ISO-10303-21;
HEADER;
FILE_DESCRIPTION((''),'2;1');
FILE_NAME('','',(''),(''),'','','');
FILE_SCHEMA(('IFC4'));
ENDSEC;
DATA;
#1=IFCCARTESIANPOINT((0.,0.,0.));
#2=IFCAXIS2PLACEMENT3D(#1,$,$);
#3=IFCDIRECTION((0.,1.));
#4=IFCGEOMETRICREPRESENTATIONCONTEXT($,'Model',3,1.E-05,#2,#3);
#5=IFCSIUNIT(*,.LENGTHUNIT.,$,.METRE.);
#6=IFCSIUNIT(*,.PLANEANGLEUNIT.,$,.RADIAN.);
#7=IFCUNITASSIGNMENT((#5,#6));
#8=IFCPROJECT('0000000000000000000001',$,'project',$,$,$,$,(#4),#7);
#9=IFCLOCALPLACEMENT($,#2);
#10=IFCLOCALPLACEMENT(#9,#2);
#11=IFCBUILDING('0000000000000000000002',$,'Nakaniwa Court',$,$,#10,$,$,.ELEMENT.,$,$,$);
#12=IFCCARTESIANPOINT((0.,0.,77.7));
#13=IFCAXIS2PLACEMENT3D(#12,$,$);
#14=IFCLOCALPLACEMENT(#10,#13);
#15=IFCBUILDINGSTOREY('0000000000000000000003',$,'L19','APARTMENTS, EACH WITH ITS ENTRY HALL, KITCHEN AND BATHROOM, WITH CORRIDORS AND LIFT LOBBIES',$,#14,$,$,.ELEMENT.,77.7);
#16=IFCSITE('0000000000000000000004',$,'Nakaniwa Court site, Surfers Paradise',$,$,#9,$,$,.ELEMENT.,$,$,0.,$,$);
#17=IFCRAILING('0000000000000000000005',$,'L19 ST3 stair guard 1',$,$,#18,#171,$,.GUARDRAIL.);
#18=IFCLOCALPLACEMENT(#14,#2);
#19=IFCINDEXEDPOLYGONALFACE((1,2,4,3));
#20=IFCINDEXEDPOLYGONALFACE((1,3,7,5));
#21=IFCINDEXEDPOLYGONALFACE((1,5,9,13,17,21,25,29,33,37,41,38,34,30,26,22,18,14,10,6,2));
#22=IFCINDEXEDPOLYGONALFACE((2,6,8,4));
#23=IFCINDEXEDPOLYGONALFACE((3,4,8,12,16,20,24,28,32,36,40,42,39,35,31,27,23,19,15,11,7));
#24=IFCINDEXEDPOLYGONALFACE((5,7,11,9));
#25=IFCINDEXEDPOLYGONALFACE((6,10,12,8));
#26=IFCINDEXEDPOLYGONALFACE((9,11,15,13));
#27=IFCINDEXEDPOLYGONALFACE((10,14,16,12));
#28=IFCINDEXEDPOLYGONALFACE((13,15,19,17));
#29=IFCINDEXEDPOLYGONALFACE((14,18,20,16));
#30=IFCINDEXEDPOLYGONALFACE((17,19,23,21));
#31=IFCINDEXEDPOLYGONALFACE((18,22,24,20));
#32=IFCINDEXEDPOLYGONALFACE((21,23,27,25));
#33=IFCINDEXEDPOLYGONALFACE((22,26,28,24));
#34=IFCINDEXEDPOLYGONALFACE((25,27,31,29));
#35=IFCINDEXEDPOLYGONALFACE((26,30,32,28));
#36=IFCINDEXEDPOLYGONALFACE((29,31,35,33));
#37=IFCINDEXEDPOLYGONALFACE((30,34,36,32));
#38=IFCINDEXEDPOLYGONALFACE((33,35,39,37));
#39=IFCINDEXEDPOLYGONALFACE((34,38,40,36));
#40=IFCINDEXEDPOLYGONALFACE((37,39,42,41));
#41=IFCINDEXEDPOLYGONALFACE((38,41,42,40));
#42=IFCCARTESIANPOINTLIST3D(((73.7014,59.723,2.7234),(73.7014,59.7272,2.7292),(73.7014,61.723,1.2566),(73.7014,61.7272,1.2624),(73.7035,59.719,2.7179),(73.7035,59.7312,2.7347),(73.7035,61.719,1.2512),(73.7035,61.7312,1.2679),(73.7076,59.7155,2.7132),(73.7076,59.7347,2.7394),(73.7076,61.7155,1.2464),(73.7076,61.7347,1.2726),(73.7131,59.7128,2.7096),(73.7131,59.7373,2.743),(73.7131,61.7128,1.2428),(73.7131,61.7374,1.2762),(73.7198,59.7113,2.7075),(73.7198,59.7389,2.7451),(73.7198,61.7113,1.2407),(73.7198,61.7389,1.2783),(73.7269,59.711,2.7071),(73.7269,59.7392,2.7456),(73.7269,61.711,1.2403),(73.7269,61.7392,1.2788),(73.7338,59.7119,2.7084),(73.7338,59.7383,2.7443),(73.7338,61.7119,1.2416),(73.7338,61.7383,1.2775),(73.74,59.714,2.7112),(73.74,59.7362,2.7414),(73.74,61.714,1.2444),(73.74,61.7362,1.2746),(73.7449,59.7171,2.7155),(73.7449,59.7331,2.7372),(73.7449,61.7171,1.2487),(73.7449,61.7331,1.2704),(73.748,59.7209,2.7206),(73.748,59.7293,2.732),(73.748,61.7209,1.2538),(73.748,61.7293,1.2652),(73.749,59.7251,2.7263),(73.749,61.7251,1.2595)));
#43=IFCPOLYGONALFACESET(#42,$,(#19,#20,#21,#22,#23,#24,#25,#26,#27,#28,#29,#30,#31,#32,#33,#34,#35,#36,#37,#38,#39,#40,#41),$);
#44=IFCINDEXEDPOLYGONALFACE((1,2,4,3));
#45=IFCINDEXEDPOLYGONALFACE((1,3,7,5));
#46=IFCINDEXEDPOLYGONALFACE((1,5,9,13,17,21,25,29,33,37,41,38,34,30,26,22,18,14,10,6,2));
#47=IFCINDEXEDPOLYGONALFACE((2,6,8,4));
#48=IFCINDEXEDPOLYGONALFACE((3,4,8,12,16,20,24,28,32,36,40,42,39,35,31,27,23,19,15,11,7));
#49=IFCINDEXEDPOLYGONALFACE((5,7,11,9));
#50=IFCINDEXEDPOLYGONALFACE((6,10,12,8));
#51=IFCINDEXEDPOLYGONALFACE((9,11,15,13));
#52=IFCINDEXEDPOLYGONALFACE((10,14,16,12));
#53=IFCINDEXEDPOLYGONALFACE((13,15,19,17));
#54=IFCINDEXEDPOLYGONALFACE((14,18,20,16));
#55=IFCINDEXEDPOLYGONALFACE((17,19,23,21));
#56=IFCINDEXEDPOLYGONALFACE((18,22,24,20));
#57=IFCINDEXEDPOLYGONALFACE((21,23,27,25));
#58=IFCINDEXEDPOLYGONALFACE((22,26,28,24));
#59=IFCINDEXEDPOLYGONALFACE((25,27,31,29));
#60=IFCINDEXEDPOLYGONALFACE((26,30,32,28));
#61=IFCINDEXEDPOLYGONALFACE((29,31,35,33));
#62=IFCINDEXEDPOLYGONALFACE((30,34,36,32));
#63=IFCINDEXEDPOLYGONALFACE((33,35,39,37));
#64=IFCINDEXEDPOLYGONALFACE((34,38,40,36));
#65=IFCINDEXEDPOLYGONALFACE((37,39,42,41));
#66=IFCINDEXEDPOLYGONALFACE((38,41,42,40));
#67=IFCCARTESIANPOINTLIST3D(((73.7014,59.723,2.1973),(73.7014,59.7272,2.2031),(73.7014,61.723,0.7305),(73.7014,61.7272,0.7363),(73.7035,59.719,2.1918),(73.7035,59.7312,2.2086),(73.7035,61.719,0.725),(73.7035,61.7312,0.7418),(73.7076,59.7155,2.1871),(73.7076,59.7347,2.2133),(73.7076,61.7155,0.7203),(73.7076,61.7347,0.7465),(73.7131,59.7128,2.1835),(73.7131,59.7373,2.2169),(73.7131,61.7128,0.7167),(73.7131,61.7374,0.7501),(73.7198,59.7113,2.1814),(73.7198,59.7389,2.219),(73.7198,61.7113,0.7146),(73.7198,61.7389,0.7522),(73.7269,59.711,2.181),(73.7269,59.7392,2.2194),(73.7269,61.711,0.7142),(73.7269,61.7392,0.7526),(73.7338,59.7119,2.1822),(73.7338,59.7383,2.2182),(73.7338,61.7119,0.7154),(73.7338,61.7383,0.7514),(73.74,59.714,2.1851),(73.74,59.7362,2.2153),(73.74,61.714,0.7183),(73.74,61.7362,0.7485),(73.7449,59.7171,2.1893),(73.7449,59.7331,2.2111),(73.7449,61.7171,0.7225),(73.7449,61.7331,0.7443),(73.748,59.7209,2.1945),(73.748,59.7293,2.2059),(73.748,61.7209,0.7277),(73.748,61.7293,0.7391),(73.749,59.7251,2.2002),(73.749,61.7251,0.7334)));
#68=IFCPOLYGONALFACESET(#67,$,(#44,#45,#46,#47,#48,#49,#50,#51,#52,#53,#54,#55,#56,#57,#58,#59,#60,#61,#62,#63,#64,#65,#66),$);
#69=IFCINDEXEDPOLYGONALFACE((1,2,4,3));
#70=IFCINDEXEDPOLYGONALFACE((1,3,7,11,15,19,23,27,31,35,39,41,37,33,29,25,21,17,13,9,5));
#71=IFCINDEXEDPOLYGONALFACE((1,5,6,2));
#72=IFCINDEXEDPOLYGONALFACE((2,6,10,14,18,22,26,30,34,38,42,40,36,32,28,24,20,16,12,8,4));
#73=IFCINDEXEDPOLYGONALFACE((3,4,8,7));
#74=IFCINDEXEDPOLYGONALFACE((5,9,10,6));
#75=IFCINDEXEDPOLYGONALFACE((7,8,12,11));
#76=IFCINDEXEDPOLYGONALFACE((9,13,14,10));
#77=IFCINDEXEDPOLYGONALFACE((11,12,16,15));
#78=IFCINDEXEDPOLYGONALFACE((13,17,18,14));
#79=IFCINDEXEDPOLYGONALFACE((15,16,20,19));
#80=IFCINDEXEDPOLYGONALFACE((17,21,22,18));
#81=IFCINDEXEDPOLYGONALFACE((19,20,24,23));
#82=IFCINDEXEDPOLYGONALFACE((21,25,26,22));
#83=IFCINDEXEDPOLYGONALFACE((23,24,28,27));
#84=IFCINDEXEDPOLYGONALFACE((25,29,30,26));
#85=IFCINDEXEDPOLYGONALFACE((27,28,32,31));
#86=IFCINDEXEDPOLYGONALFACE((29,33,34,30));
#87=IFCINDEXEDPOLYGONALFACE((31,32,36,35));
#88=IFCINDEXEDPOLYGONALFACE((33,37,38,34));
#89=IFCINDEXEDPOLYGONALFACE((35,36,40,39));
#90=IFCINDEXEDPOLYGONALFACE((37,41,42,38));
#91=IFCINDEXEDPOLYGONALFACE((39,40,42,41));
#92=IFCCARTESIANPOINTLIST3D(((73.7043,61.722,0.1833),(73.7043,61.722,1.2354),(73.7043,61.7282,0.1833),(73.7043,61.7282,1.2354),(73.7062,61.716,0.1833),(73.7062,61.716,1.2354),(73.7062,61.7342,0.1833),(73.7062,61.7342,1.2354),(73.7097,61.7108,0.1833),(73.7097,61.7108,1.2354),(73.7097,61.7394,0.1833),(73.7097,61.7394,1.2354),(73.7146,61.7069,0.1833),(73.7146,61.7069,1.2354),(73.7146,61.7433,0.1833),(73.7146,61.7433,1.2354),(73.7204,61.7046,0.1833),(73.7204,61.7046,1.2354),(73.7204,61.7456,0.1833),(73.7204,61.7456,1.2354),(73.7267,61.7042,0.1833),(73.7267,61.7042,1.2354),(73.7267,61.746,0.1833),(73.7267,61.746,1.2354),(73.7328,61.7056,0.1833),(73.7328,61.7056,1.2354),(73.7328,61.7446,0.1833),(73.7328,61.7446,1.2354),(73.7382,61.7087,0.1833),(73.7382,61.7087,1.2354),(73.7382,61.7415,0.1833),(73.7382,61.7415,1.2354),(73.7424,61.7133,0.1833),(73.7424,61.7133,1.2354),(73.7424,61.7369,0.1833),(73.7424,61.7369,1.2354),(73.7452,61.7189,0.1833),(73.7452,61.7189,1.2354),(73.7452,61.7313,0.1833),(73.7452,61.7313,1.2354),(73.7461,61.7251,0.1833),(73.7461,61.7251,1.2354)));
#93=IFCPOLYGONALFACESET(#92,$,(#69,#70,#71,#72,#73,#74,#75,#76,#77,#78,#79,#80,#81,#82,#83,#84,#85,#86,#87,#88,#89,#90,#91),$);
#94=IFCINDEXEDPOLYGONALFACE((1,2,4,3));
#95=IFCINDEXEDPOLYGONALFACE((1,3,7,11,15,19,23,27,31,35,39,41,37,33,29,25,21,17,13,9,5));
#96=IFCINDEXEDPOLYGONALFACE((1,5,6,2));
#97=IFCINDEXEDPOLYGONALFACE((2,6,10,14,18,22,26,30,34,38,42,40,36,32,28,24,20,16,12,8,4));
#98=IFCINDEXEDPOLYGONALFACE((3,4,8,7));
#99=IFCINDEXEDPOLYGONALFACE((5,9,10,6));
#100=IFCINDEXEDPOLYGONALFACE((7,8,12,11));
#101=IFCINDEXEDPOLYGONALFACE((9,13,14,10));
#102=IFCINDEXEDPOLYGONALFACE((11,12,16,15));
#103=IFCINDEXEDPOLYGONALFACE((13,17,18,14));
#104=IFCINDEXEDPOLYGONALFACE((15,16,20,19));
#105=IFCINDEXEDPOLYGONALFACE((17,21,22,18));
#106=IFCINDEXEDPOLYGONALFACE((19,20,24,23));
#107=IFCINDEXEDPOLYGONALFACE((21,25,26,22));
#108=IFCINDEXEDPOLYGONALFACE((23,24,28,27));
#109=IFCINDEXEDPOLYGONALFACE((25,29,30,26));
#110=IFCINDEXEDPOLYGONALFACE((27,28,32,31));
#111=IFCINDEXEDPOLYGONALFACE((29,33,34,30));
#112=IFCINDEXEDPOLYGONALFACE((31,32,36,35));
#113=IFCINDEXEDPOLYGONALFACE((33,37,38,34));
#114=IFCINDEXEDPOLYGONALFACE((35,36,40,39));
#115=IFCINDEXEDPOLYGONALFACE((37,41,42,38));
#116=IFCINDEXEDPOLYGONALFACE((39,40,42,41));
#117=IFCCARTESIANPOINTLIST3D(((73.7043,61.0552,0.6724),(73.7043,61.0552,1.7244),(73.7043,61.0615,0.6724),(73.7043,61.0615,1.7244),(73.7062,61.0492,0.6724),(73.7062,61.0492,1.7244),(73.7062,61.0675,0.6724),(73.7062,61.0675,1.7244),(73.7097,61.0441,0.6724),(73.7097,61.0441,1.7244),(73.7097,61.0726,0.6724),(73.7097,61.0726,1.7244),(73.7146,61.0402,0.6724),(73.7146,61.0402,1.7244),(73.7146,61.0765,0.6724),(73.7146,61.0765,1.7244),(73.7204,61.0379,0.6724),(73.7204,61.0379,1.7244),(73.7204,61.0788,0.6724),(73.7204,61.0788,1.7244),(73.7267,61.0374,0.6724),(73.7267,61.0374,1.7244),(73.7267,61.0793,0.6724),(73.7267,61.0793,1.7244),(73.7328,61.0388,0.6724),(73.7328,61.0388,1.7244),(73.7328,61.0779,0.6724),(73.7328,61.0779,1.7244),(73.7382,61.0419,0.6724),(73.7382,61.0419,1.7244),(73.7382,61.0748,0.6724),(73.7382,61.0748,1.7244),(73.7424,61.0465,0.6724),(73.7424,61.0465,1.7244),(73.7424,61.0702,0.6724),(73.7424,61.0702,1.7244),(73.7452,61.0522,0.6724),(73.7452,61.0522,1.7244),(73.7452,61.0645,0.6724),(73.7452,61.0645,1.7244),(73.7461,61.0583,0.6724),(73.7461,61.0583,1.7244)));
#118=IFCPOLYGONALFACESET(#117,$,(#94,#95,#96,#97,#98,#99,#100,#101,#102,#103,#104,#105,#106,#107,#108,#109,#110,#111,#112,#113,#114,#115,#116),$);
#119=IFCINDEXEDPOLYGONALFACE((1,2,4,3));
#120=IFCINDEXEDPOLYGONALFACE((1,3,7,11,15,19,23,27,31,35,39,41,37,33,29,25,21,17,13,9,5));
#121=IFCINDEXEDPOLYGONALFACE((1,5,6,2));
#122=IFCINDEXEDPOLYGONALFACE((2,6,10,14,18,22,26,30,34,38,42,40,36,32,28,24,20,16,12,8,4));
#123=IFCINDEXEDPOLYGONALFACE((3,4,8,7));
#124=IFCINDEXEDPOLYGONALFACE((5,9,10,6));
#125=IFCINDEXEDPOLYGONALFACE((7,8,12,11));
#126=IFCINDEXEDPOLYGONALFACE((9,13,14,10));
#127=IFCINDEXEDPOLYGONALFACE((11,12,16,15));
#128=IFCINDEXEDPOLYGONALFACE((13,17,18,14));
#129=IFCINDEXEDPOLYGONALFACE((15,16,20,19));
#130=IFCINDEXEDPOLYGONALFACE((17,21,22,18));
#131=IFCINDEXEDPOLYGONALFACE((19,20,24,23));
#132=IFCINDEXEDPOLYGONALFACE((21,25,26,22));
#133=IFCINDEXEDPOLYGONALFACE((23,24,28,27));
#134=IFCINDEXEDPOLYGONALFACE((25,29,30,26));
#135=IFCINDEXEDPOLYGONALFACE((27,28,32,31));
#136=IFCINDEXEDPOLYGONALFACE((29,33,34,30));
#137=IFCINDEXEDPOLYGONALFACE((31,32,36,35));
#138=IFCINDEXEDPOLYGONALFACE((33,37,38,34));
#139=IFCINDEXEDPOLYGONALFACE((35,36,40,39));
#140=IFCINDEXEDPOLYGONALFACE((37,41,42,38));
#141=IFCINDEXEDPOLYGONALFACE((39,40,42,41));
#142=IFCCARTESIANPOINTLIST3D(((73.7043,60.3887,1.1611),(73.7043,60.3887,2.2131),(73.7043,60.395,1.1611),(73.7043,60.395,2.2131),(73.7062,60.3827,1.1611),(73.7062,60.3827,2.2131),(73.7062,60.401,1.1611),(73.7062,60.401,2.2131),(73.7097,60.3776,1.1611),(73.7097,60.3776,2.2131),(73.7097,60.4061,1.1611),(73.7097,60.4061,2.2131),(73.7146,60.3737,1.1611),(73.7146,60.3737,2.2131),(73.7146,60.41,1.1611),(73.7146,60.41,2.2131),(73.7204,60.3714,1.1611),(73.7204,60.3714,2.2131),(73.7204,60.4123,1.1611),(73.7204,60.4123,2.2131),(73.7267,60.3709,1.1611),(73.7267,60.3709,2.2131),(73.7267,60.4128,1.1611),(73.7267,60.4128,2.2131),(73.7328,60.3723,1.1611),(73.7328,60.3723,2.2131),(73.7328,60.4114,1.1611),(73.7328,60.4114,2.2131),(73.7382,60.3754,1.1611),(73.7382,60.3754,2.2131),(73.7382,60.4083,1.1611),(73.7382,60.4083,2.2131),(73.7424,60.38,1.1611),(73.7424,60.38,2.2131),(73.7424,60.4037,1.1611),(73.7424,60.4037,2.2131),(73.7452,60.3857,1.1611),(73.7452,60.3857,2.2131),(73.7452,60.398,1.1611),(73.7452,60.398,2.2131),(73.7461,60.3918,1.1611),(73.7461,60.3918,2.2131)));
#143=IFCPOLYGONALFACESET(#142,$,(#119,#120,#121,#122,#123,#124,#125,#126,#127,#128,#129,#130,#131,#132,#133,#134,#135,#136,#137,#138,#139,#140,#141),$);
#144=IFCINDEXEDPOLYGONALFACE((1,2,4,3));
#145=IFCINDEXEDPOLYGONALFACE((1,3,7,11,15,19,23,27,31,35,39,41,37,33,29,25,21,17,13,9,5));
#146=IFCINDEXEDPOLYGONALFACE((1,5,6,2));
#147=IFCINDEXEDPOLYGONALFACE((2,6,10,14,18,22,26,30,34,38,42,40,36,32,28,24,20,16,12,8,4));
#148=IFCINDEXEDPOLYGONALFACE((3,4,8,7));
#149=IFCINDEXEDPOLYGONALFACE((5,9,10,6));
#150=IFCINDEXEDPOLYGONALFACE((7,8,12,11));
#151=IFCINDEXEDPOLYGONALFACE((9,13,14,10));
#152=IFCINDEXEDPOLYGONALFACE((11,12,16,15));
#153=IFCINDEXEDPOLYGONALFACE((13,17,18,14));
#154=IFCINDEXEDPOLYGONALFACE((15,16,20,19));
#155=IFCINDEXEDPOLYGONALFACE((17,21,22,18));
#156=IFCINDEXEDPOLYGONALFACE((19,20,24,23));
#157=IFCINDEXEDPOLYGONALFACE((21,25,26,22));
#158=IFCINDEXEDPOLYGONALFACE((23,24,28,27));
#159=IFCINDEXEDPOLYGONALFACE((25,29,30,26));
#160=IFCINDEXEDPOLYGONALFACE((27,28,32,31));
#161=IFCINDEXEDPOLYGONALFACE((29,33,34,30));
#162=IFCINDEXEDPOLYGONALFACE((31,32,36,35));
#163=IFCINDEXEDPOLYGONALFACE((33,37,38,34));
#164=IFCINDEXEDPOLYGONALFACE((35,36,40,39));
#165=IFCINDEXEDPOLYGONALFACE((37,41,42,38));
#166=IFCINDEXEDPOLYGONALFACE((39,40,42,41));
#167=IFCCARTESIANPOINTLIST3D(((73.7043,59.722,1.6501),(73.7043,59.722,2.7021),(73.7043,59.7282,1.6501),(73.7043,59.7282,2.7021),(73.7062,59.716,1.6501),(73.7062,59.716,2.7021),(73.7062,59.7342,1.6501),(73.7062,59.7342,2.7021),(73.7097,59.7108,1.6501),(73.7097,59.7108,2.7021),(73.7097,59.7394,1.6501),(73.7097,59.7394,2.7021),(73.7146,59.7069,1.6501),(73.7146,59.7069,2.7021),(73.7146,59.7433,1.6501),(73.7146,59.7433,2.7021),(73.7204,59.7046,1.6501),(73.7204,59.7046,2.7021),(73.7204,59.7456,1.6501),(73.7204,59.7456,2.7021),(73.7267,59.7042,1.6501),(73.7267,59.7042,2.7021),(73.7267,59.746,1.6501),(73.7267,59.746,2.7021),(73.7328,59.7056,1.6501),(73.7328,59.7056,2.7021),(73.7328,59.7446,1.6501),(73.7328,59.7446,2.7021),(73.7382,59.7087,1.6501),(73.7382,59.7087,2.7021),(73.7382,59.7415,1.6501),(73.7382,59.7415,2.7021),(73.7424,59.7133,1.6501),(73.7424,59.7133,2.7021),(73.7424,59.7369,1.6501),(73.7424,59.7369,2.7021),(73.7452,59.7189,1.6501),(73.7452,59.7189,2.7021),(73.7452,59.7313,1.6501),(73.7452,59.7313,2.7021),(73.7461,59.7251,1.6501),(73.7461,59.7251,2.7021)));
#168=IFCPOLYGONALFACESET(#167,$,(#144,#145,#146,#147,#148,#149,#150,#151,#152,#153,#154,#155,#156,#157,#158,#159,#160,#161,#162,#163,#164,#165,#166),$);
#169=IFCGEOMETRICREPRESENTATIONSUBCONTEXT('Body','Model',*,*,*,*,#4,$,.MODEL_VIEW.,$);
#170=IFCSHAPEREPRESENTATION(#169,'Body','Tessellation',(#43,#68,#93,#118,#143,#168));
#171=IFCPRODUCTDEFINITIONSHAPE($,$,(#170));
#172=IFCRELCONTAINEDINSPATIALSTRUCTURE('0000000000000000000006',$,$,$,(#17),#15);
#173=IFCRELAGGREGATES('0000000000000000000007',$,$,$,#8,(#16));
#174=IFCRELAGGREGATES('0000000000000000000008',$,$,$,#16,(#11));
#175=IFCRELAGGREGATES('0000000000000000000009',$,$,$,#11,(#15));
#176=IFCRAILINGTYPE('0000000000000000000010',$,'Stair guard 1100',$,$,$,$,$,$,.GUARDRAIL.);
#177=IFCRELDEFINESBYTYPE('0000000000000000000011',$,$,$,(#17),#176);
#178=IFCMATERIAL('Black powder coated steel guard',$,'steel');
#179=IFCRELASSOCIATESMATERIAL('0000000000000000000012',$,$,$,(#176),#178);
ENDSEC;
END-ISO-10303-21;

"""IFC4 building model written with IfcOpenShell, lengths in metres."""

from ifc_helpers import new_model, si_unit, direction, frame, origin, origin_2d, place, context, subcontext, project, spatial, circle, extrude, material, type_object, element, save


model = new_model("IFC4")

# Units and contexts
model_context = context("Model", 3, precision=1e-05, world=origin(), true_north=direction((0.0, 1.0)))
body_context = subcontext(model_context, "Body", "Model", "MODEL_VIEW")
ifc_project = project(units=[si_unit("LENGTHUNIT", "METRE"), si_unit("PLANEANGLEUNIT", "RADIAN")], contexts=[model_context])

# Site, building, storey
site_placement = place(None, origin())
site = spatial("IfcSite", under=ifc_project, at=site_placement, Name="Nakaniwa Court site, Surfers Paradise", CompositionType="ELEMENT", RefElevation=0.0)
building_placement = place(site_placement, origin())
building = spatial("IfcBuilding", under=site, at=building_placement, Name="Nakaniwa Court", CompositionType="ELEMENT")
storey_placement = place(building_placement, frame((0.0, 0.0, 77.7)))
storey = spatial("IfcBuildingStorey", under=building, at=storey_placement, Name="L19", Description="APARTMENTS, EACH WITH ITS ENTRY HALL, KITCHEN AND BATHROOM, WITH CORRIDORS AND LIFT LOBBIES", CompositionType="ELEMENT", Elevation=77.7)

# Railing
ifc_material_1 = material(Name="Black powder coated steel guard", Category="steel")
railing_type_1 = type_object("IfcRailingType", Name="Stair guard 1100", PredefinedType="GUARDRAIL", material=ifc_material_1)
railing_1_placement = place(storey_placement, frame((73.7251, 61.7251, 0.1833)))
element("IfcRailing", 1, at=railing_1_placement, inside=storey, type_object=railing_type_1, Name="L19 ST3 stair guard 1", PredefinedType="GUARDRAIL", context=body_context, shape_type="SweptSolid", body=[
    extrude(circle(Radius=0.0239, at=origin_2d()), frame((0.0, 0.0, 1.0762), z_axis=(0.0, -0.80638, 0.591398), x_axis=(1.0, 0.0, 0.0)), (0.0, 0.0, 1.0), 2.4802),
    extrude(circle(Radius=0.0239, at=origin_2d()), frame((0.0, 0.0, 0.55), z_axis=(0.0, -0.80638, 0.591398), x_axis=(1.0, 0.0, 0.0)), (0.0, 0.0, 1.0), 2.4802),
    extrude(circle(Radius=0.021, at=origin_2d()), origin(), (0.0, 0.0, 1.0), 1.052),
    extrude(circle(Radius=0.021, at=origin_2d()), frame((0.0, -0.6667, 0.489)), (0.0, 0.0, 1.0), 1.052),
    extrude(circle(Radius=0.021, at=origin_2d()), frame((0.0, -1.3333, 0.9778)), (0.0, 0.0, 1.0), 1.052),
    extrude(circle(Radius=0.021, at=origin_2d()), frame((0.0, -2.0, 1.4668)), (0.0, 0.0, 1.0), 1.052),
])

save(model, "model.ifc")
